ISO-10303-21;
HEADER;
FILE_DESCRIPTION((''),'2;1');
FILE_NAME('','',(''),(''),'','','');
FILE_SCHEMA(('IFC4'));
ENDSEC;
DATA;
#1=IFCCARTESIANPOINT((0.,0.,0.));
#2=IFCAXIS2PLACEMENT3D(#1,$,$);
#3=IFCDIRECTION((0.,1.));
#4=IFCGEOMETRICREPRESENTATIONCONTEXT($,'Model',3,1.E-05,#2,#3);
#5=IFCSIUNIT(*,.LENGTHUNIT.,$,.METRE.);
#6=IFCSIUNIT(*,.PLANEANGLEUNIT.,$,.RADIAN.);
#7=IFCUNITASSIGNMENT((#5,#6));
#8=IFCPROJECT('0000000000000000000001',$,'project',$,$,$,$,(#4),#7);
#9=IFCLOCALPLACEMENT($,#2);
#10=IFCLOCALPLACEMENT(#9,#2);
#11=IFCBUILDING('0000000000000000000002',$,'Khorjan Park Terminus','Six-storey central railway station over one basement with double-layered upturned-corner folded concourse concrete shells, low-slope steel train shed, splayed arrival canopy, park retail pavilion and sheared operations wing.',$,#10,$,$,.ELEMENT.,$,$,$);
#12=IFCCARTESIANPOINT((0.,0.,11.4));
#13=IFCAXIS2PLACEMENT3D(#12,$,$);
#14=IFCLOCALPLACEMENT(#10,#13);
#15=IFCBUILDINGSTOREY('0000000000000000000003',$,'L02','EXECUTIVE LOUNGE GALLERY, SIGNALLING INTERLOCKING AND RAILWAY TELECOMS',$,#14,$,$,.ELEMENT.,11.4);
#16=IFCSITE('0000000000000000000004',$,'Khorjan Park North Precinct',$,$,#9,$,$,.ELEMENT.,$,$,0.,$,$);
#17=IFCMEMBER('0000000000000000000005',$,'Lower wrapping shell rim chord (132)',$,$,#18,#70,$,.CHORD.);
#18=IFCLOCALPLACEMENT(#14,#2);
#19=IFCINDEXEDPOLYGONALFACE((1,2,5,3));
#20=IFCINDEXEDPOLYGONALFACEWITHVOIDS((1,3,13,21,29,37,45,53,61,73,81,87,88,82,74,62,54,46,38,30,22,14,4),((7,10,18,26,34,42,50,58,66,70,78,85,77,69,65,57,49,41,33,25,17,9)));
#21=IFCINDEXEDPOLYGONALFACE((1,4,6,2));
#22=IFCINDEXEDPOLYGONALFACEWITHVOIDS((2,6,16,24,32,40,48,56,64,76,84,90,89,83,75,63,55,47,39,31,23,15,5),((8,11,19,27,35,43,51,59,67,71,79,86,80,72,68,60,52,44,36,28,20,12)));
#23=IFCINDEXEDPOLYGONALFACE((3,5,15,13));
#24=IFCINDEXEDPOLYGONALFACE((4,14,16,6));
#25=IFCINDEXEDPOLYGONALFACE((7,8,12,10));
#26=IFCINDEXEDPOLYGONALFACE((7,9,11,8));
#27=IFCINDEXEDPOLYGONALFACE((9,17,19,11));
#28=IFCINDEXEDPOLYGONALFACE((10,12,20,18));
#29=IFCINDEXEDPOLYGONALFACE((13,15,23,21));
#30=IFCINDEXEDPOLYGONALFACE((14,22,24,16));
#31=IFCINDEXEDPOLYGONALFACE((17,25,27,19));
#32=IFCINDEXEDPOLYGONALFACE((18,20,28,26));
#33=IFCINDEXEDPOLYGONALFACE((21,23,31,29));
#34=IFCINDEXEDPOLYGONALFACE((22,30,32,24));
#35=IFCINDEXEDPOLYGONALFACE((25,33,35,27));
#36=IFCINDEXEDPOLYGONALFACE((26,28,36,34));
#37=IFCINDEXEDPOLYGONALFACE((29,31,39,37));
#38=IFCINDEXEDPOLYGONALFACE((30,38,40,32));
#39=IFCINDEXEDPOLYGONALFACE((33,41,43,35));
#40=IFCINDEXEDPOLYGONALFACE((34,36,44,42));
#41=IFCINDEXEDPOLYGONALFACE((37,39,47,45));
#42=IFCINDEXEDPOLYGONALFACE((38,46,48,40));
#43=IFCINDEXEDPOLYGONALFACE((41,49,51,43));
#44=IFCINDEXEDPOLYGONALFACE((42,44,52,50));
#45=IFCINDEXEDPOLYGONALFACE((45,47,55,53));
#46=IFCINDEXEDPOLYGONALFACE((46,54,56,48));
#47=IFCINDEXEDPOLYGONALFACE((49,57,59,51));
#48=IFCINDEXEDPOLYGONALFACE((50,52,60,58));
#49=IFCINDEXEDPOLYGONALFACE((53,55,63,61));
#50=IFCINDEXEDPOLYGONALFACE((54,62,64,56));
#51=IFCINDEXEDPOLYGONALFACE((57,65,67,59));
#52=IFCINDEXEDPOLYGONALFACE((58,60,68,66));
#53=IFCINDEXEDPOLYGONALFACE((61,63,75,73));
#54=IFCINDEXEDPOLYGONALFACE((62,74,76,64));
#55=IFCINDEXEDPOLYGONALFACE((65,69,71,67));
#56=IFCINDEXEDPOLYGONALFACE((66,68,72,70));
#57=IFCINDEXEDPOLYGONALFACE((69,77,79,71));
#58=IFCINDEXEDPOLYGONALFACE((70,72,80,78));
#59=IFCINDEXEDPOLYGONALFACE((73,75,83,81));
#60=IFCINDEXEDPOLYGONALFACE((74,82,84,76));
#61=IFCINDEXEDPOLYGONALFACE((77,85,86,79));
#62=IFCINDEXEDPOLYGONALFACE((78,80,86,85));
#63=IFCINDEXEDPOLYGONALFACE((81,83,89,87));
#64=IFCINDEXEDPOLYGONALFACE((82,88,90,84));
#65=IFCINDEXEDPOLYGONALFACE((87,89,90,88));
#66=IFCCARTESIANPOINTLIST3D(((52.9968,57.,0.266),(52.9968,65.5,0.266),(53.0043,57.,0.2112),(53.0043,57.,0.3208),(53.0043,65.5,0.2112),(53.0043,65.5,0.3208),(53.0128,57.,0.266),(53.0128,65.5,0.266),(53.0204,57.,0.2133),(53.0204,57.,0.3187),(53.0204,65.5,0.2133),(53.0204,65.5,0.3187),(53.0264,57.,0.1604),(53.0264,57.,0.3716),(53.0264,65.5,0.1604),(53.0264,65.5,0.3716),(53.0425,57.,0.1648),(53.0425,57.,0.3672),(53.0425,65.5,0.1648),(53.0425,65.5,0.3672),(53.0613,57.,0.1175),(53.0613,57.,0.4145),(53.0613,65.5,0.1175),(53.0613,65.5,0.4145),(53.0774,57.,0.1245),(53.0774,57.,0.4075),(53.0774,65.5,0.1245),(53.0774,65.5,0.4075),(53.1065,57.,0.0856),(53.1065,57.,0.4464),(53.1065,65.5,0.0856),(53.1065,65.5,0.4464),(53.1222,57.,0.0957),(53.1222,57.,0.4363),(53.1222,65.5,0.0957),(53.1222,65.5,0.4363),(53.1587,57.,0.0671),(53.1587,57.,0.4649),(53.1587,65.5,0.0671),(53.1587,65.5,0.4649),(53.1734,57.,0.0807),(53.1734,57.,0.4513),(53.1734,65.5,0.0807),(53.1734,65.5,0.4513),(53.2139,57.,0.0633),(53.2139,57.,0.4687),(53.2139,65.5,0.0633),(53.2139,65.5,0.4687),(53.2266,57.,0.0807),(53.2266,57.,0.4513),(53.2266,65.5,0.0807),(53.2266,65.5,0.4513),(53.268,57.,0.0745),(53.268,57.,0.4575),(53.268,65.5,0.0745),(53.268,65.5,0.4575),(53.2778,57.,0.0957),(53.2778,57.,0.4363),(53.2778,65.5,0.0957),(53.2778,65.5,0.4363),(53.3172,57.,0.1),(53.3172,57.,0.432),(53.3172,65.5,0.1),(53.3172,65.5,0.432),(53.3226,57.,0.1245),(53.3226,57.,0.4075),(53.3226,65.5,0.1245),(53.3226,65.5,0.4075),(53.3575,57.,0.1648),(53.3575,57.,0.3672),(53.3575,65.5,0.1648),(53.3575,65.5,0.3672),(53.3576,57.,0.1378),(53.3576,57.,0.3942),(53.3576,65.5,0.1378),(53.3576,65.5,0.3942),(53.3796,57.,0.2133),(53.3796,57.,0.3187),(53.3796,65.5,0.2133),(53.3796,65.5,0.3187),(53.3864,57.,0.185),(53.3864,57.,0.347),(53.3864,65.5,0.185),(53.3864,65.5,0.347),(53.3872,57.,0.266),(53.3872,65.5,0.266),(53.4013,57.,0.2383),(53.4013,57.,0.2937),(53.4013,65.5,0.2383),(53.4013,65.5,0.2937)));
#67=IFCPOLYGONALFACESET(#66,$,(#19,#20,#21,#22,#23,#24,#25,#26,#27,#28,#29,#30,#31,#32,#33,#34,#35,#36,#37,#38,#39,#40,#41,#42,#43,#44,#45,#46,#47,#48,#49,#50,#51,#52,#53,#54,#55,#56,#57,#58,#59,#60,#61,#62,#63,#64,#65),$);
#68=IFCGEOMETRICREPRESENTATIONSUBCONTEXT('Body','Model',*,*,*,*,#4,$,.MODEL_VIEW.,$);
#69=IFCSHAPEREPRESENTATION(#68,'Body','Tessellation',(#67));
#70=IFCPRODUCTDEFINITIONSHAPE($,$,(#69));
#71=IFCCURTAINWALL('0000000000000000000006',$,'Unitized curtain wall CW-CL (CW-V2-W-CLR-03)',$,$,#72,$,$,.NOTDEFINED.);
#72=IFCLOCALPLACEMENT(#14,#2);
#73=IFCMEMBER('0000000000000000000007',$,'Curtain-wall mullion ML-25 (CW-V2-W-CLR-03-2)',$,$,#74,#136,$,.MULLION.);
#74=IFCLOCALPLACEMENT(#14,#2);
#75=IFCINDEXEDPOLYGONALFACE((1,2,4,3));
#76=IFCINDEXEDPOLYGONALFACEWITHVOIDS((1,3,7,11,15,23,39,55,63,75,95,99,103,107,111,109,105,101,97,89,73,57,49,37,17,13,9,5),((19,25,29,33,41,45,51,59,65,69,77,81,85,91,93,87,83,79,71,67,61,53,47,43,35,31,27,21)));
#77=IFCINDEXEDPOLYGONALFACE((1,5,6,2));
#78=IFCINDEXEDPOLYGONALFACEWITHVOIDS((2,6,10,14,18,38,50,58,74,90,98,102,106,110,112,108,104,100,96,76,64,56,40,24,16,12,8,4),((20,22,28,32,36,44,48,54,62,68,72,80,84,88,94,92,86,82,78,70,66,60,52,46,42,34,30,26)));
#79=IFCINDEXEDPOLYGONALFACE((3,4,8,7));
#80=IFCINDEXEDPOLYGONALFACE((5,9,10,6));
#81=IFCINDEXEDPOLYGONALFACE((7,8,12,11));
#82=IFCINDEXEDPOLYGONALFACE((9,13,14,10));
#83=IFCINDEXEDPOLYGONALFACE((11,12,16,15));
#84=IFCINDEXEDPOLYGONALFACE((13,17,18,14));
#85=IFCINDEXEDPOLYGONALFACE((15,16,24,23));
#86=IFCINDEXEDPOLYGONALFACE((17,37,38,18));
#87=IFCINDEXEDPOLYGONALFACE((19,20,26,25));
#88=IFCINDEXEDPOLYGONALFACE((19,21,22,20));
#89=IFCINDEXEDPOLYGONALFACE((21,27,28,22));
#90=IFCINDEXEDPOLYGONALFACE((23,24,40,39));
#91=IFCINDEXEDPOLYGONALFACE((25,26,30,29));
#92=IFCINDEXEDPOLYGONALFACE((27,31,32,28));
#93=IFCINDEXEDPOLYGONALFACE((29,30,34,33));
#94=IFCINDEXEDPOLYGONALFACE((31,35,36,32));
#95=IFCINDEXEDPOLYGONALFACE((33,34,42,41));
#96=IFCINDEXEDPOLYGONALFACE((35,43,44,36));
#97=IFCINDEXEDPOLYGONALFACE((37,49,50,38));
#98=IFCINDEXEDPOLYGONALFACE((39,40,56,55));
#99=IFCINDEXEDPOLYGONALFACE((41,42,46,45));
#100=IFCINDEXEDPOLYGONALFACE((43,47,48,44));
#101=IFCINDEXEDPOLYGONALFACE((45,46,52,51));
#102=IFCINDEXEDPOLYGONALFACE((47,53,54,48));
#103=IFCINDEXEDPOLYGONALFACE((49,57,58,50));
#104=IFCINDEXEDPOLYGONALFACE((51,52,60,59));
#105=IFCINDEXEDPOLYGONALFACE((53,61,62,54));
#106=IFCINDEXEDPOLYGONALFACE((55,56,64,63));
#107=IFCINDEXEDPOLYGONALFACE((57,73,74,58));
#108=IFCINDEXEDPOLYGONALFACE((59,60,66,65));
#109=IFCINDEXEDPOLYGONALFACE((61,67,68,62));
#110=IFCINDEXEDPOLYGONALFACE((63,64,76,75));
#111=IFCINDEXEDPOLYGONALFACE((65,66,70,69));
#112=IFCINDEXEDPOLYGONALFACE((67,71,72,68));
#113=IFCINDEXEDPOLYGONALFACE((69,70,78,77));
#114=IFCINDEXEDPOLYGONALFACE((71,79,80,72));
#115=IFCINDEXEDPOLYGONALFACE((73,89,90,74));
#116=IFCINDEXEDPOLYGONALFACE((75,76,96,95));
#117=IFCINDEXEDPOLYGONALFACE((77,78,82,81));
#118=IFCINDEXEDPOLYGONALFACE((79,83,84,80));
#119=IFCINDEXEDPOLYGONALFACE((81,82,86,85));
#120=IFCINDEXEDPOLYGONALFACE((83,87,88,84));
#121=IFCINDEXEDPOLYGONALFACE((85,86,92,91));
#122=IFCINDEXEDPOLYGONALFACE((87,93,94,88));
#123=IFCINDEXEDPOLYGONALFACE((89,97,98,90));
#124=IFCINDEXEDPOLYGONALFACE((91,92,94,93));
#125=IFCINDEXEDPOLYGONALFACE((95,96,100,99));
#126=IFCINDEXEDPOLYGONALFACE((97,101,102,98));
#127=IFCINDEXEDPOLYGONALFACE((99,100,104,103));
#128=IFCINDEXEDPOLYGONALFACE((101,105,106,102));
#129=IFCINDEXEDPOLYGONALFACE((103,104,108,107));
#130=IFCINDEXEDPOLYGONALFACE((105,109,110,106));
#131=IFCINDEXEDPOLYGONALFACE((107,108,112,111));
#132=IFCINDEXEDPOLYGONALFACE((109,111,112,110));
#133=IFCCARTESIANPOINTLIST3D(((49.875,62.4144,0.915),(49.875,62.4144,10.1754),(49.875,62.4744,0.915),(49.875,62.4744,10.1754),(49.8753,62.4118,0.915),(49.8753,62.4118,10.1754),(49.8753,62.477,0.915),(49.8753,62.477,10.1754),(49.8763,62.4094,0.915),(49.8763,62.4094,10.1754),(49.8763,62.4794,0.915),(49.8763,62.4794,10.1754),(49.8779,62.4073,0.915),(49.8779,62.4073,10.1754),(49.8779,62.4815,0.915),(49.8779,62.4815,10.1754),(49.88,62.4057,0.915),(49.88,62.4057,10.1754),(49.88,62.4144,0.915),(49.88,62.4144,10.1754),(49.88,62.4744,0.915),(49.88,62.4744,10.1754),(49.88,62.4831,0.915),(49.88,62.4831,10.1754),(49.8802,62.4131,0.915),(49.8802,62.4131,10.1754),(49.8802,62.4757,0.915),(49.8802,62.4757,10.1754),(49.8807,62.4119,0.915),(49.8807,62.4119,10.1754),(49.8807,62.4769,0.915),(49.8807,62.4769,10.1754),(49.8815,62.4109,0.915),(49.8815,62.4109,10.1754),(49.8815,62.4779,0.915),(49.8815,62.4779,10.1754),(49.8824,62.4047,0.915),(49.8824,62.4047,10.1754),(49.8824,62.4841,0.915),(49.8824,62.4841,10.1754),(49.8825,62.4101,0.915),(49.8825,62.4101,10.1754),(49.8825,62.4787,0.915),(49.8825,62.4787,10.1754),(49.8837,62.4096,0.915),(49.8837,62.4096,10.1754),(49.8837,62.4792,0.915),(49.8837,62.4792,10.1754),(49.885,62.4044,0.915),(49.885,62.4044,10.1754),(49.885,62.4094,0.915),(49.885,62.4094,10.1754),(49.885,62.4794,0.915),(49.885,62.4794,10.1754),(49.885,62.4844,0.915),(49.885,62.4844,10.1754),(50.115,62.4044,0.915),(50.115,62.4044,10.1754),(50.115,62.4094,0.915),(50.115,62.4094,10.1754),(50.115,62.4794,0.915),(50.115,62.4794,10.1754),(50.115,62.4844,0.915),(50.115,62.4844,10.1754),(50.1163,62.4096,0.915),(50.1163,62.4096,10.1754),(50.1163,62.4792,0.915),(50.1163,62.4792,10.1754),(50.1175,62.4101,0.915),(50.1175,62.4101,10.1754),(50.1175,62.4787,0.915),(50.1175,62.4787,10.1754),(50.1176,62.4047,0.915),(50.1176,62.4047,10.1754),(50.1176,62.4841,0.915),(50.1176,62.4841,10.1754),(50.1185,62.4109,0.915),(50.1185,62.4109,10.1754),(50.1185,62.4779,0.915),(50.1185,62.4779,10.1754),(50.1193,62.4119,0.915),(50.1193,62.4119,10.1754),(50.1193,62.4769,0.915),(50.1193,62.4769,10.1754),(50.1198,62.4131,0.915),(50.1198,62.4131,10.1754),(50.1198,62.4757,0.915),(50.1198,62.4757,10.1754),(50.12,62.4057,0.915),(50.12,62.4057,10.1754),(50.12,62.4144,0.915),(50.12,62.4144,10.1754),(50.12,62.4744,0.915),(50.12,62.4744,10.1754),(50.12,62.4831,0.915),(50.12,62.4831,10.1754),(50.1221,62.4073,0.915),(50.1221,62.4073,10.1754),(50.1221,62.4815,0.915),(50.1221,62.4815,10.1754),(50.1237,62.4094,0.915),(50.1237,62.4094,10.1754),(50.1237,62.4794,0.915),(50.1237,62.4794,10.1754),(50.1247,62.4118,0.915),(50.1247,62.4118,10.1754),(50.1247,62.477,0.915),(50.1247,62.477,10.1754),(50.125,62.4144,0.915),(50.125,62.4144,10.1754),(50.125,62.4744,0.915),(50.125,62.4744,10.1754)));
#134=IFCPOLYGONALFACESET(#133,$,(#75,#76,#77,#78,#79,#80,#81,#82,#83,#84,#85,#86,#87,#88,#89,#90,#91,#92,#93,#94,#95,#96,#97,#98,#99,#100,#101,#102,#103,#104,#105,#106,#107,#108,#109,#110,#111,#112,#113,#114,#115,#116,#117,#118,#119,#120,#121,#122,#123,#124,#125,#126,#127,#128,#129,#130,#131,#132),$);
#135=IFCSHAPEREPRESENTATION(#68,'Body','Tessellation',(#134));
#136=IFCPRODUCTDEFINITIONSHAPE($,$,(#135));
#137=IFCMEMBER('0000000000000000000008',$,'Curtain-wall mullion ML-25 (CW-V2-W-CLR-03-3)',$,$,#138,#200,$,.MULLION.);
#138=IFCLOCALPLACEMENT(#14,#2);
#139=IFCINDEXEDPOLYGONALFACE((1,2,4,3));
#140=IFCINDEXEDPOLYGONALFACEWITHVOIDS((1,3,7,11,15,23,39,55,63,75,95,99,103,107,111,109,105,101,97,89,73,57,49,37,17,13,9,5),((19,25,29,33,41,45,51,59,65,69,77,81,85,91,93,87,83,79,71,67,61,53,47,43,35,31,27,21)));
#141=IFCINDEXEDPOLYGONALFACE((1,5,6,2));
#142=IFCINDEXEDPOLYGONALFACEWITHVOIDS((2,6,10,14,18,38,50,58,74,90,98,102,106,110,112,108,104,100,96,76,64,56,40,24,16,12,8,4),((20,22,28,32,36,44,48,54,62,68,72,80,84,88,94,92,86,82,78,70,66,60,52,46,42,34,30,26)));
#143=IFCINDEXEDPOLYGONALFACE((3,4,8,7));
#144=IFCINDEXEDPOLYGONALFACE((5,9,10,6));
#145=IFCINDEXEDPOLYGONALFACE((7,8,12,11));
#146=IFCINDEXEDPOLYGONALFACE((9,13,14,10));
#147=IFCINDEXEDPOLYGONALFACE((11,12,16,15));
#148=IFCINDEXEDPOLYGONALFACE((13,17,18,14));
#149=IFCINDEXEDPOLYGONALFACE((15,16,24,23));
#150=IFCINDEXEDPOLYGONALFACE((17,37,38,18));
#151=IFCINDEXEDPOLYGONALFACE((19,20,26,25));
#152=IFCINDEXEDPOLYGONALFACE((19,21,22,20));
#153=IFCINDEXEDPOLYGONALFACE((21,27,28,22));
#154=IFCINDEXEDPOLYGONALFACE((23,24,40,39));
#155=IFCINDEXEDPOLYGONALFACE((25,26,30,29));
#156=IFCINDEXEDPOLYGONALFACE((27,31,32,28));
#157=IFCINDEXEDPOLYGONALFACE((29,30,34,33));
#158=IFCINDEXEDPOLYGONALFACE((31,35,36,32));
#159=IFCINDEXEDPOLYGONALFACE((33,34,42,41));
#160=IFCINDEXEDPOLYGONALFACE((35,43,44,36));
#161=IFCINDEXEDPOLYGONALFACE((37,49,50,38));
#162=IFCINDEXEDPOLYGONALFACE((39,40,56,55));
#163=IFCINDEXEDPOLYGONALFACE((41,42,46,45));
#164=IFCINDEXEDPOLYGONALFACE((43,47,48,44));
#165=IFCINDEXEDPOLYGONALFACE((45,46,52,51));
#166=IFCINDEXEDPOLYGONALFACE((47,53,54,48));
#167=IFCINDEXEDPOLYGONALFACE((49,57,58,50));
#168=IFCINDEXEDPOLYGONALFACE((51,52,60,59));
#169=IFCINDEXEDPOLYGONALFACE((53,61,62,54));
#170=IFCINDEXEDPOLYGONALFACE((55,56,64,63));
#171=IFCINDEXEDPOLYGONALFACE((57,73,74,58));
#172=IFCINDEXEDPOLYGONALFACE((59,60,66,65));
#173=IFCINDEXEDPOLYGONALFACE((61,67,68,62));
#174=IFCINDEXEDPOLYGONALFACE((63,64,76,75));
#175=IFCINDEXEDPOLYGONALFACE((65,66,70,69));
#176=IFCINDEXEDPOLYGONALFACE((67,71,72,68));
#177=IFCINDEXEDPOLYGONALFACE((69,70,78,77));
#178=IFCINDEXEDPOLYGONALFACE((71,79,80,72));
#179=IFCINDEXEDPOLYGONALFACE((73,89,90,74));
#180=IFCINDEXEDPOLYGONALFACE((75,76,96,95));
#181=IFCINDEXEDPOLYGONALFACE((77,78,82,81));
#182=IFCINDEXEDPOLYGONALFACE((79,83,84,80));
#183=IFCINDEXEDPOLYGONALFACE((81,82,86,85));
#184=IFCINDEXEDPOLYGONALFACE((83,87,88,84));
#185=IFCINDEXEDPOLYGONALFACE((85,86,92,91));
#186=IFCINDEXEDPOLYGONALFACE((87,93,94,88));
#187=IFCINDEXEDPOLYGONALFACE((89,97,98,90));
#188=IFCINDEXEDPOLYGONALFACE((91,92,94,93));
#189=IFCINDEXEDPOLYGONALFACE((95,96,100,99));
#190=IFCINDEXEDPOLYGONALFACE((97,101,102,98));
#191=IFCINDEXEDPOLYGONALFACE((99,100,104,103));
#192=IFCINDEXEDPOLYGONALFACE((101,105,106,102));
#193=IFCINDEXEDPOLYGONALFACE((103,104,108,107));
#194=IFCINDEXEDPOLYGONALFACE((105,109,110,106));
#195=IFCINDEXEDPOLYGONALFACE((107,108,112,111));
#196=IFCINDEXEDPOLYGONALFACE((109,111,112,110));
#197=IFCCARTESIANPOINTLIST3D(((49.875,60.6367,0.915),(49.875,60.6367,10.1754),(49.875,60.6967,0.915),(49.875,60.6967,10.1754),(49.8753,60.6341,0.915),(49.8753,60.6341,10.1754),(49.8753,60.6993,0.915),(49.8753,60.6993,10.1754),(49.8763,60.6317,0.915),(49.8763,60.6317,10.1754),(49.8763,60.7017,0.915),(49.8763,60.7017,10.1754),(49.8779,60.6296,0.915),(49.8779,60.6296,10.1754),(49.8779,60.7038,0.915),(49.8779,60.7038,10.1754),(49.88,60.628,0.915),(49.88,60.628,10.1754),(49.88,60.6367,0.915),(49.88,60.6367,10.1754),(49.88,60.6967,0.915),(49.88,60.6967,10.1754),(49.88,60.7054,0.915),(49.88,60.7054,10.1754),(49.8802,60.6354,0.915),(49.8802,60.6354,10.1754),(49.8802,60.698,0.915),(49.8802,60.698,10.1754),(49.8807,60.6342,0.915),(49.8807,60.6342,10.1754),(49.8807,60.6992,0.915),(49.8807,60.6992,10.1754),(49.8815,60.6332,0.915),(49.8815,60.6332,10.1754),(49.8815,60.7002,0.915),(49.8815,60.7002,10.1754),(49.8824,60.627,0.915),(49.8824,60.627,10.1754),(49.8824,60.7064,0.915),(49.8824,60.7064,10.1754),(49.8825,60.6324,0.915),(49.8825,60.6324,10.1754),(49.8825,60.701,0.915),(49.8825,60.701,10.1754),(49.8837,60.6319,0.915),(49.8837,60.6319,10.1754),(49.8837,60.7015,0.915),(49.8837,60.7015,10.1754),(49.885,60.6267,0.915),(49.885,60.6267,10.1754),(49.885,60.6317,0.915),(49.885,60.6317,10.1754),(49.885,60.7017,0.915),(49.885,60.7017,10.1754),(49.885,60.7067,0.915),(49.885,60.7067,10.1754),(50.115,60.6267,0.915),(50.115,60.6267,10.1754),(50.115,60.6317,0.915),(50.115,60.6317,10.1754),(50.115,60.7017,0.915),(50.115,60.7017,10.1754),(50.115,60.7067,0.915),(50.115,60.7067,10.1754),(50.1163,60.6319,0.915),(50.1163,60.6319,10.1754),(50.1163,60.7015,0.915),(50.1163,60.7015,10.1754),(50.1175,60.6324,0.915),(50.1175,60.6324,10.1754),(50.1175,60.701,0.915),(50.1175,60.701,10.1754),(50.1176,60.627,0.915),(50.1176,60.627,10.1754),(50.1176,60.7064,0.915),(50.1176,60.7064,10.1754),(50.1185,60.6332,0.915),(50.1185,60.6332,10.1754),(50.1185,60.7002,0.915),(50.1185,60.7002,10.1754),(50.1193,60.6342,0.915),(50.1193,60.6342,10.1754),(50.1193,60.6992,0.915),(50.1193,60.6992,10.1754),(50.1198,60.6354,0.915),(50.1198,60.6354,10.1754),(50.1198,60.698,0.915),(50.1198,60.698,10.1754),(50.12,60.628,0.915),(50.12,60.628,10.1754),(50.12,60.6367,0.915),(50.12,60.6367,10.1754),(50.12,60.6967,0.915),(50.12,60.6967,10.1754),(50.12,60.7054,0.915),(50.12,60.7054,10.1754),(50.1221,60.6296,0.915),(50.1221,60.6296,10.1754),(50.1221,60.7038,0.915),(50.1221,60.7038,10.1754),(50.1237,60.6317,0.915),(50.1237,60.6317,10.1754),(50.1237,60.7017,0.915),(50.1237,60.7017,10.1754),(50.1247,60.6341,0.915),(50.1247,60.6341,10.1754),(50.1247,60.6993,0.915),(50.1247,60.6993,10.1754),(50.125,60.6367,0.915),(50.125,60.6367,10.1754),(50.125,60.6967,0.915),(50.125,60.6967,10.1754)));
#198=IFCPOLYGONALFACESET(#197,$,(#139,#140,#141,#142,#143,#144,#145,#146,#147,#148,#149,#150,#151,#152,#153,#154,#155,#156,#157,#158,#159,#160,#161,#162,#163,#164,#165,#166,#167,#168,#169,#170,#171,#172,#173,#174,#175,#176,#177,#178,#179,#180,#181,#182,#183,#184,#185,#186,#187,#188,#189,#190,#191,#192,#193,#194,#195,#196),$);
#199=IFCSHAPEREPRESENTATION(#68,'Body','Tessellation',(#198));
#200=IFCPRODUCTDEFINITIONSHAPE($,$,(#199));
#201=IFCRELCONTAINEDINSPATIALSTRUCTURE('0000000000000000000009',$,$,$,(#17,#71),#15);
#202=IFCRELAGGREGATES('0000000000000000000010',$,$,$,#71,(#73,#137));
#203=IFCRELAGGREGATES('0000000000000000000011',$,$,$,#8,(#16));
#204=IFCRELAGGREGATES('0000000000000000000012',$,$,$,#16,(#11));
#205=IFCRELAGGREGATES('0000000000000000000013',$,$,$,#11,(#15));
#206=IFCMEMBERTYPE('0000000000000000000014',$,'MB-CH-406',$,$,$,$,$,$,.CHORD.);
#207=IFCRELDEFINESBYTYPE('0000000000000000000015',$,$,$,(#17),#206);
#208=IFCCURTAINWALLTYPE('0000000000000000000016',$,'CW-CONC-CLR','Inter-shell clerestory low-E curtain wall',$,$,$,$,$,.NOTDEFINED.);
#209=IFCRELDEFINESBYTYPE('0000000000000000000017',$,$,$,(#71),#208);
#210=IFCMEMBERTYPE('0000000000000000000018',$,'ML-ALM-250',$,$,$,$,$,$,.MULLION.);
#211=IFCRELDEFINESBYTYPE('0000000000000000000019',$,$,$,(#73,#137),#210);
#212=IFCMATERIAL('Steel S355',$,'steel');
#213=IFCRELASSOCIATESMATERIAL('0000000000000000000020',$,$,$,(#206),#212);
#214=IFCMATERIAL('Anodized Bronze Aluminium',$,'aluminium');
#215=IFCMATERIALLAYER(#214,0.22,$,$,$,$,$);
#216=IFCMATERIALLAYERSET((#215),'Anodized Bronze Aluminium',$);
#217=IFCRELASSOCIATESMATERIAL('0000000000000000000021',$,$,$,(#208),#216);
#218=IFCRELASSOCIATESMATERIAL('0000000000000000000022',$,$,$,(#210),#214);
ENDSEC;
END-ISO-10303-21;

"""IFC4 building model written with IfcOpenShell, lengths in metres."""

from ifc_helpers import new_model, si_unit, direction, frame, origin, origin_2d, place, context, subcontext, project, spatial, hollow_rectangle, hollow_circle, extrude, material, layer, layer_set, material_profile, profile_set, type_object, element, aggregate, save


model = new_model("IFC4")

# Units and contexts
model_context = context("Model", 3, precision=1e-05, world=origin(), true_north=direction((0.0, 1.0)))
body_context = subcontext(model_context, "Body", "Model", "MODEL_VIEW")
ifc_project = project(units=[si_unit("LENGTHUNIT", "METRE"), si_unit("PLANEANGLEUNIT", "RADIAN")], contexts=[model_context])

# Site, building, storey
site_placement = place(None, origin())
site = spatial("IfcSite", under=ifc_project, at=site_placement, Name="Khorjan Park North Precinct", CompositionType="ELEMENT", RefElevation=0.0)
building_placement = place(site_placement, origin())
building = spatial("IfcBuilding", under=site, at=building_placement, Name="Khorjan Park Terminus", Description="Six-storey central railway station over one basement with double-layered upturned-corner folded concourse concrete shells, low-slope steel train shed, splayed arrival canopy, park retail pavilion and sheared operations wing.", CompositionType="ELEMENT")
storey_placement = place(building_placement, frame((0.0, 0.0, 11.4)))
storey = spatial("IfcBuildingStorey", under=building, at=storey_placement, Name="L02", Description="EXECUTIVE LOUNGE GALLERY, SIGNALLING INTERLOCKING AND RAILWAY TELECOMS", CompositionType="ELEMENT", Elevation=11.4)

# Member
ifc_material_1 = material(Name="Steel S355", Category="steel")
ifc_material_profile_1 = material_profile(ifc_material_1, hollow_circle(Radius=0.2032, WallThickness=0.016, at=origin_2d()), Name="CHS 406.4x16")
ifc_profile_set_1 = profile_set([ifc_material_profile_1], Name="Steel S355")
member_type_1 = type_object("IfcMemberType", Name="MB-CH-406", PredefinedType="CHORD", material=ifc_profile_set_1)
member_1_placement = place(storey_placement, frame((53.2, 57.0, 0.266), z_axis=(0.0, 1.0, 0.0), x_axis=(-1.0, 0.0, 0.0)))
element("IfcMember", 1, at=member_1_placement, inside=storey, type_object=member_type_1, Name="Lower wrapping shell rim chord (132)", PredefinedType="CHORD", context=body_context, shape_type="SweptSolid", body=[
    extrude(hollow_circle(Radius=0.2032, WallThickness=0.016, at=origin_2d()), origin(), (0.0, 0.0, 1.0), 8.5),
])

# Curtain wall, members
ifc_material_2 = material(Name="Anodized Bronze Aluminium", Category="aluminium")
ifc_layer_1 = layer(ifc_material_2, 0.22)
ifc_layer_set_1 = layer_set([ifc_layer_1], Name="Anodized Bronze Aluminium")
curtain_wall_type = type_object("IfcCurtainWallType", Name="CW-CONC-CLR", Description="Inter-shell clerestory low-E curtain wall", PredefinedType="NOTDEFINED", material=ifc_layer_set_1)
curtain_wall_placement = place(storey_placement, origin())
curtain_wall = element("IfcCurtainWall", 2, at=curtain_wall_placement, inside=storey, type_object=curtain_wall_type, Name="Unitized curtain wall CW-CL (CW-V2-W-CLR-03)", PredefinedType="NOTDEFINED")
ifc_material_profile_2 = material_profile(ifc_material_2, hollow_rectangle(XDim=0.08, YDim=0.25, WallThickness=0.005, InnerFilletRadius=0.005, OuterFilletRadius=0.01, at=origin_2d()), Name="ALM 80x250x5")
ifc_profile_set_2 = profile_set([ifc_material_profile_2], Name="Anodized Bronze Aluminium")
member_type_2 = type_object("IfcMemberType", Name="ML-ALM-250", PredefinedType="MULLION", material=ifc_profile_set_2)
member_2_placement = place(storey_placement, frame((50.0, 62.4444, 0.915), z_axis=(0.0, 0.0, 1.0), x_axis=(0.0, -1.0, 0.0)))
member_2 = element("IfcMember", 3, at=member_2_placement, type_object=member_type_2, Name="Curtain-wall mullion ML-25 (CW-V2-W-CLR-03-2)", PredefinedType="MULLION", context=body_context, shape_type="SweptSolid", body=[
    extrude(hollow_rectangle(XDim=0.08, YDim=0.25, WallThickness=0.005, InnerFilletRadius=0.005, OuterFilletRadius=0.01, at=origin_2d()), origin(), (0.0, 0.0, 1.0), 9.2604),
])
member_3_placement = place(storey_placement, frame((50.0, 60.6667, 0.915), z_axis=(0.0, 0.0, 1.0), x_axis=(0.0, -1.0, 0.0)))
member_3 = element("IfcMember", 4, at=member_3_placement, type_object=member_type_2, Name="Curtain-wall mullion ML-25 (CW-V2-W-CLR-03-3)", PredefinedType="MULLION", context=body_context, shape_type="SweptSolid", body=[
    extrude(hollow_rectangle(XDim=0.08, YDim=0.25, WallThickness=0.005, InnerFilletRadius=0.005, OuterFilletRadius=0.01, at=origin_2d()), origin(), (0.0, 0.0, 1.0), 9.2604),
])
aggregate(curtain_wall, [member_2, member_3])

save(model, "model.ifc")
